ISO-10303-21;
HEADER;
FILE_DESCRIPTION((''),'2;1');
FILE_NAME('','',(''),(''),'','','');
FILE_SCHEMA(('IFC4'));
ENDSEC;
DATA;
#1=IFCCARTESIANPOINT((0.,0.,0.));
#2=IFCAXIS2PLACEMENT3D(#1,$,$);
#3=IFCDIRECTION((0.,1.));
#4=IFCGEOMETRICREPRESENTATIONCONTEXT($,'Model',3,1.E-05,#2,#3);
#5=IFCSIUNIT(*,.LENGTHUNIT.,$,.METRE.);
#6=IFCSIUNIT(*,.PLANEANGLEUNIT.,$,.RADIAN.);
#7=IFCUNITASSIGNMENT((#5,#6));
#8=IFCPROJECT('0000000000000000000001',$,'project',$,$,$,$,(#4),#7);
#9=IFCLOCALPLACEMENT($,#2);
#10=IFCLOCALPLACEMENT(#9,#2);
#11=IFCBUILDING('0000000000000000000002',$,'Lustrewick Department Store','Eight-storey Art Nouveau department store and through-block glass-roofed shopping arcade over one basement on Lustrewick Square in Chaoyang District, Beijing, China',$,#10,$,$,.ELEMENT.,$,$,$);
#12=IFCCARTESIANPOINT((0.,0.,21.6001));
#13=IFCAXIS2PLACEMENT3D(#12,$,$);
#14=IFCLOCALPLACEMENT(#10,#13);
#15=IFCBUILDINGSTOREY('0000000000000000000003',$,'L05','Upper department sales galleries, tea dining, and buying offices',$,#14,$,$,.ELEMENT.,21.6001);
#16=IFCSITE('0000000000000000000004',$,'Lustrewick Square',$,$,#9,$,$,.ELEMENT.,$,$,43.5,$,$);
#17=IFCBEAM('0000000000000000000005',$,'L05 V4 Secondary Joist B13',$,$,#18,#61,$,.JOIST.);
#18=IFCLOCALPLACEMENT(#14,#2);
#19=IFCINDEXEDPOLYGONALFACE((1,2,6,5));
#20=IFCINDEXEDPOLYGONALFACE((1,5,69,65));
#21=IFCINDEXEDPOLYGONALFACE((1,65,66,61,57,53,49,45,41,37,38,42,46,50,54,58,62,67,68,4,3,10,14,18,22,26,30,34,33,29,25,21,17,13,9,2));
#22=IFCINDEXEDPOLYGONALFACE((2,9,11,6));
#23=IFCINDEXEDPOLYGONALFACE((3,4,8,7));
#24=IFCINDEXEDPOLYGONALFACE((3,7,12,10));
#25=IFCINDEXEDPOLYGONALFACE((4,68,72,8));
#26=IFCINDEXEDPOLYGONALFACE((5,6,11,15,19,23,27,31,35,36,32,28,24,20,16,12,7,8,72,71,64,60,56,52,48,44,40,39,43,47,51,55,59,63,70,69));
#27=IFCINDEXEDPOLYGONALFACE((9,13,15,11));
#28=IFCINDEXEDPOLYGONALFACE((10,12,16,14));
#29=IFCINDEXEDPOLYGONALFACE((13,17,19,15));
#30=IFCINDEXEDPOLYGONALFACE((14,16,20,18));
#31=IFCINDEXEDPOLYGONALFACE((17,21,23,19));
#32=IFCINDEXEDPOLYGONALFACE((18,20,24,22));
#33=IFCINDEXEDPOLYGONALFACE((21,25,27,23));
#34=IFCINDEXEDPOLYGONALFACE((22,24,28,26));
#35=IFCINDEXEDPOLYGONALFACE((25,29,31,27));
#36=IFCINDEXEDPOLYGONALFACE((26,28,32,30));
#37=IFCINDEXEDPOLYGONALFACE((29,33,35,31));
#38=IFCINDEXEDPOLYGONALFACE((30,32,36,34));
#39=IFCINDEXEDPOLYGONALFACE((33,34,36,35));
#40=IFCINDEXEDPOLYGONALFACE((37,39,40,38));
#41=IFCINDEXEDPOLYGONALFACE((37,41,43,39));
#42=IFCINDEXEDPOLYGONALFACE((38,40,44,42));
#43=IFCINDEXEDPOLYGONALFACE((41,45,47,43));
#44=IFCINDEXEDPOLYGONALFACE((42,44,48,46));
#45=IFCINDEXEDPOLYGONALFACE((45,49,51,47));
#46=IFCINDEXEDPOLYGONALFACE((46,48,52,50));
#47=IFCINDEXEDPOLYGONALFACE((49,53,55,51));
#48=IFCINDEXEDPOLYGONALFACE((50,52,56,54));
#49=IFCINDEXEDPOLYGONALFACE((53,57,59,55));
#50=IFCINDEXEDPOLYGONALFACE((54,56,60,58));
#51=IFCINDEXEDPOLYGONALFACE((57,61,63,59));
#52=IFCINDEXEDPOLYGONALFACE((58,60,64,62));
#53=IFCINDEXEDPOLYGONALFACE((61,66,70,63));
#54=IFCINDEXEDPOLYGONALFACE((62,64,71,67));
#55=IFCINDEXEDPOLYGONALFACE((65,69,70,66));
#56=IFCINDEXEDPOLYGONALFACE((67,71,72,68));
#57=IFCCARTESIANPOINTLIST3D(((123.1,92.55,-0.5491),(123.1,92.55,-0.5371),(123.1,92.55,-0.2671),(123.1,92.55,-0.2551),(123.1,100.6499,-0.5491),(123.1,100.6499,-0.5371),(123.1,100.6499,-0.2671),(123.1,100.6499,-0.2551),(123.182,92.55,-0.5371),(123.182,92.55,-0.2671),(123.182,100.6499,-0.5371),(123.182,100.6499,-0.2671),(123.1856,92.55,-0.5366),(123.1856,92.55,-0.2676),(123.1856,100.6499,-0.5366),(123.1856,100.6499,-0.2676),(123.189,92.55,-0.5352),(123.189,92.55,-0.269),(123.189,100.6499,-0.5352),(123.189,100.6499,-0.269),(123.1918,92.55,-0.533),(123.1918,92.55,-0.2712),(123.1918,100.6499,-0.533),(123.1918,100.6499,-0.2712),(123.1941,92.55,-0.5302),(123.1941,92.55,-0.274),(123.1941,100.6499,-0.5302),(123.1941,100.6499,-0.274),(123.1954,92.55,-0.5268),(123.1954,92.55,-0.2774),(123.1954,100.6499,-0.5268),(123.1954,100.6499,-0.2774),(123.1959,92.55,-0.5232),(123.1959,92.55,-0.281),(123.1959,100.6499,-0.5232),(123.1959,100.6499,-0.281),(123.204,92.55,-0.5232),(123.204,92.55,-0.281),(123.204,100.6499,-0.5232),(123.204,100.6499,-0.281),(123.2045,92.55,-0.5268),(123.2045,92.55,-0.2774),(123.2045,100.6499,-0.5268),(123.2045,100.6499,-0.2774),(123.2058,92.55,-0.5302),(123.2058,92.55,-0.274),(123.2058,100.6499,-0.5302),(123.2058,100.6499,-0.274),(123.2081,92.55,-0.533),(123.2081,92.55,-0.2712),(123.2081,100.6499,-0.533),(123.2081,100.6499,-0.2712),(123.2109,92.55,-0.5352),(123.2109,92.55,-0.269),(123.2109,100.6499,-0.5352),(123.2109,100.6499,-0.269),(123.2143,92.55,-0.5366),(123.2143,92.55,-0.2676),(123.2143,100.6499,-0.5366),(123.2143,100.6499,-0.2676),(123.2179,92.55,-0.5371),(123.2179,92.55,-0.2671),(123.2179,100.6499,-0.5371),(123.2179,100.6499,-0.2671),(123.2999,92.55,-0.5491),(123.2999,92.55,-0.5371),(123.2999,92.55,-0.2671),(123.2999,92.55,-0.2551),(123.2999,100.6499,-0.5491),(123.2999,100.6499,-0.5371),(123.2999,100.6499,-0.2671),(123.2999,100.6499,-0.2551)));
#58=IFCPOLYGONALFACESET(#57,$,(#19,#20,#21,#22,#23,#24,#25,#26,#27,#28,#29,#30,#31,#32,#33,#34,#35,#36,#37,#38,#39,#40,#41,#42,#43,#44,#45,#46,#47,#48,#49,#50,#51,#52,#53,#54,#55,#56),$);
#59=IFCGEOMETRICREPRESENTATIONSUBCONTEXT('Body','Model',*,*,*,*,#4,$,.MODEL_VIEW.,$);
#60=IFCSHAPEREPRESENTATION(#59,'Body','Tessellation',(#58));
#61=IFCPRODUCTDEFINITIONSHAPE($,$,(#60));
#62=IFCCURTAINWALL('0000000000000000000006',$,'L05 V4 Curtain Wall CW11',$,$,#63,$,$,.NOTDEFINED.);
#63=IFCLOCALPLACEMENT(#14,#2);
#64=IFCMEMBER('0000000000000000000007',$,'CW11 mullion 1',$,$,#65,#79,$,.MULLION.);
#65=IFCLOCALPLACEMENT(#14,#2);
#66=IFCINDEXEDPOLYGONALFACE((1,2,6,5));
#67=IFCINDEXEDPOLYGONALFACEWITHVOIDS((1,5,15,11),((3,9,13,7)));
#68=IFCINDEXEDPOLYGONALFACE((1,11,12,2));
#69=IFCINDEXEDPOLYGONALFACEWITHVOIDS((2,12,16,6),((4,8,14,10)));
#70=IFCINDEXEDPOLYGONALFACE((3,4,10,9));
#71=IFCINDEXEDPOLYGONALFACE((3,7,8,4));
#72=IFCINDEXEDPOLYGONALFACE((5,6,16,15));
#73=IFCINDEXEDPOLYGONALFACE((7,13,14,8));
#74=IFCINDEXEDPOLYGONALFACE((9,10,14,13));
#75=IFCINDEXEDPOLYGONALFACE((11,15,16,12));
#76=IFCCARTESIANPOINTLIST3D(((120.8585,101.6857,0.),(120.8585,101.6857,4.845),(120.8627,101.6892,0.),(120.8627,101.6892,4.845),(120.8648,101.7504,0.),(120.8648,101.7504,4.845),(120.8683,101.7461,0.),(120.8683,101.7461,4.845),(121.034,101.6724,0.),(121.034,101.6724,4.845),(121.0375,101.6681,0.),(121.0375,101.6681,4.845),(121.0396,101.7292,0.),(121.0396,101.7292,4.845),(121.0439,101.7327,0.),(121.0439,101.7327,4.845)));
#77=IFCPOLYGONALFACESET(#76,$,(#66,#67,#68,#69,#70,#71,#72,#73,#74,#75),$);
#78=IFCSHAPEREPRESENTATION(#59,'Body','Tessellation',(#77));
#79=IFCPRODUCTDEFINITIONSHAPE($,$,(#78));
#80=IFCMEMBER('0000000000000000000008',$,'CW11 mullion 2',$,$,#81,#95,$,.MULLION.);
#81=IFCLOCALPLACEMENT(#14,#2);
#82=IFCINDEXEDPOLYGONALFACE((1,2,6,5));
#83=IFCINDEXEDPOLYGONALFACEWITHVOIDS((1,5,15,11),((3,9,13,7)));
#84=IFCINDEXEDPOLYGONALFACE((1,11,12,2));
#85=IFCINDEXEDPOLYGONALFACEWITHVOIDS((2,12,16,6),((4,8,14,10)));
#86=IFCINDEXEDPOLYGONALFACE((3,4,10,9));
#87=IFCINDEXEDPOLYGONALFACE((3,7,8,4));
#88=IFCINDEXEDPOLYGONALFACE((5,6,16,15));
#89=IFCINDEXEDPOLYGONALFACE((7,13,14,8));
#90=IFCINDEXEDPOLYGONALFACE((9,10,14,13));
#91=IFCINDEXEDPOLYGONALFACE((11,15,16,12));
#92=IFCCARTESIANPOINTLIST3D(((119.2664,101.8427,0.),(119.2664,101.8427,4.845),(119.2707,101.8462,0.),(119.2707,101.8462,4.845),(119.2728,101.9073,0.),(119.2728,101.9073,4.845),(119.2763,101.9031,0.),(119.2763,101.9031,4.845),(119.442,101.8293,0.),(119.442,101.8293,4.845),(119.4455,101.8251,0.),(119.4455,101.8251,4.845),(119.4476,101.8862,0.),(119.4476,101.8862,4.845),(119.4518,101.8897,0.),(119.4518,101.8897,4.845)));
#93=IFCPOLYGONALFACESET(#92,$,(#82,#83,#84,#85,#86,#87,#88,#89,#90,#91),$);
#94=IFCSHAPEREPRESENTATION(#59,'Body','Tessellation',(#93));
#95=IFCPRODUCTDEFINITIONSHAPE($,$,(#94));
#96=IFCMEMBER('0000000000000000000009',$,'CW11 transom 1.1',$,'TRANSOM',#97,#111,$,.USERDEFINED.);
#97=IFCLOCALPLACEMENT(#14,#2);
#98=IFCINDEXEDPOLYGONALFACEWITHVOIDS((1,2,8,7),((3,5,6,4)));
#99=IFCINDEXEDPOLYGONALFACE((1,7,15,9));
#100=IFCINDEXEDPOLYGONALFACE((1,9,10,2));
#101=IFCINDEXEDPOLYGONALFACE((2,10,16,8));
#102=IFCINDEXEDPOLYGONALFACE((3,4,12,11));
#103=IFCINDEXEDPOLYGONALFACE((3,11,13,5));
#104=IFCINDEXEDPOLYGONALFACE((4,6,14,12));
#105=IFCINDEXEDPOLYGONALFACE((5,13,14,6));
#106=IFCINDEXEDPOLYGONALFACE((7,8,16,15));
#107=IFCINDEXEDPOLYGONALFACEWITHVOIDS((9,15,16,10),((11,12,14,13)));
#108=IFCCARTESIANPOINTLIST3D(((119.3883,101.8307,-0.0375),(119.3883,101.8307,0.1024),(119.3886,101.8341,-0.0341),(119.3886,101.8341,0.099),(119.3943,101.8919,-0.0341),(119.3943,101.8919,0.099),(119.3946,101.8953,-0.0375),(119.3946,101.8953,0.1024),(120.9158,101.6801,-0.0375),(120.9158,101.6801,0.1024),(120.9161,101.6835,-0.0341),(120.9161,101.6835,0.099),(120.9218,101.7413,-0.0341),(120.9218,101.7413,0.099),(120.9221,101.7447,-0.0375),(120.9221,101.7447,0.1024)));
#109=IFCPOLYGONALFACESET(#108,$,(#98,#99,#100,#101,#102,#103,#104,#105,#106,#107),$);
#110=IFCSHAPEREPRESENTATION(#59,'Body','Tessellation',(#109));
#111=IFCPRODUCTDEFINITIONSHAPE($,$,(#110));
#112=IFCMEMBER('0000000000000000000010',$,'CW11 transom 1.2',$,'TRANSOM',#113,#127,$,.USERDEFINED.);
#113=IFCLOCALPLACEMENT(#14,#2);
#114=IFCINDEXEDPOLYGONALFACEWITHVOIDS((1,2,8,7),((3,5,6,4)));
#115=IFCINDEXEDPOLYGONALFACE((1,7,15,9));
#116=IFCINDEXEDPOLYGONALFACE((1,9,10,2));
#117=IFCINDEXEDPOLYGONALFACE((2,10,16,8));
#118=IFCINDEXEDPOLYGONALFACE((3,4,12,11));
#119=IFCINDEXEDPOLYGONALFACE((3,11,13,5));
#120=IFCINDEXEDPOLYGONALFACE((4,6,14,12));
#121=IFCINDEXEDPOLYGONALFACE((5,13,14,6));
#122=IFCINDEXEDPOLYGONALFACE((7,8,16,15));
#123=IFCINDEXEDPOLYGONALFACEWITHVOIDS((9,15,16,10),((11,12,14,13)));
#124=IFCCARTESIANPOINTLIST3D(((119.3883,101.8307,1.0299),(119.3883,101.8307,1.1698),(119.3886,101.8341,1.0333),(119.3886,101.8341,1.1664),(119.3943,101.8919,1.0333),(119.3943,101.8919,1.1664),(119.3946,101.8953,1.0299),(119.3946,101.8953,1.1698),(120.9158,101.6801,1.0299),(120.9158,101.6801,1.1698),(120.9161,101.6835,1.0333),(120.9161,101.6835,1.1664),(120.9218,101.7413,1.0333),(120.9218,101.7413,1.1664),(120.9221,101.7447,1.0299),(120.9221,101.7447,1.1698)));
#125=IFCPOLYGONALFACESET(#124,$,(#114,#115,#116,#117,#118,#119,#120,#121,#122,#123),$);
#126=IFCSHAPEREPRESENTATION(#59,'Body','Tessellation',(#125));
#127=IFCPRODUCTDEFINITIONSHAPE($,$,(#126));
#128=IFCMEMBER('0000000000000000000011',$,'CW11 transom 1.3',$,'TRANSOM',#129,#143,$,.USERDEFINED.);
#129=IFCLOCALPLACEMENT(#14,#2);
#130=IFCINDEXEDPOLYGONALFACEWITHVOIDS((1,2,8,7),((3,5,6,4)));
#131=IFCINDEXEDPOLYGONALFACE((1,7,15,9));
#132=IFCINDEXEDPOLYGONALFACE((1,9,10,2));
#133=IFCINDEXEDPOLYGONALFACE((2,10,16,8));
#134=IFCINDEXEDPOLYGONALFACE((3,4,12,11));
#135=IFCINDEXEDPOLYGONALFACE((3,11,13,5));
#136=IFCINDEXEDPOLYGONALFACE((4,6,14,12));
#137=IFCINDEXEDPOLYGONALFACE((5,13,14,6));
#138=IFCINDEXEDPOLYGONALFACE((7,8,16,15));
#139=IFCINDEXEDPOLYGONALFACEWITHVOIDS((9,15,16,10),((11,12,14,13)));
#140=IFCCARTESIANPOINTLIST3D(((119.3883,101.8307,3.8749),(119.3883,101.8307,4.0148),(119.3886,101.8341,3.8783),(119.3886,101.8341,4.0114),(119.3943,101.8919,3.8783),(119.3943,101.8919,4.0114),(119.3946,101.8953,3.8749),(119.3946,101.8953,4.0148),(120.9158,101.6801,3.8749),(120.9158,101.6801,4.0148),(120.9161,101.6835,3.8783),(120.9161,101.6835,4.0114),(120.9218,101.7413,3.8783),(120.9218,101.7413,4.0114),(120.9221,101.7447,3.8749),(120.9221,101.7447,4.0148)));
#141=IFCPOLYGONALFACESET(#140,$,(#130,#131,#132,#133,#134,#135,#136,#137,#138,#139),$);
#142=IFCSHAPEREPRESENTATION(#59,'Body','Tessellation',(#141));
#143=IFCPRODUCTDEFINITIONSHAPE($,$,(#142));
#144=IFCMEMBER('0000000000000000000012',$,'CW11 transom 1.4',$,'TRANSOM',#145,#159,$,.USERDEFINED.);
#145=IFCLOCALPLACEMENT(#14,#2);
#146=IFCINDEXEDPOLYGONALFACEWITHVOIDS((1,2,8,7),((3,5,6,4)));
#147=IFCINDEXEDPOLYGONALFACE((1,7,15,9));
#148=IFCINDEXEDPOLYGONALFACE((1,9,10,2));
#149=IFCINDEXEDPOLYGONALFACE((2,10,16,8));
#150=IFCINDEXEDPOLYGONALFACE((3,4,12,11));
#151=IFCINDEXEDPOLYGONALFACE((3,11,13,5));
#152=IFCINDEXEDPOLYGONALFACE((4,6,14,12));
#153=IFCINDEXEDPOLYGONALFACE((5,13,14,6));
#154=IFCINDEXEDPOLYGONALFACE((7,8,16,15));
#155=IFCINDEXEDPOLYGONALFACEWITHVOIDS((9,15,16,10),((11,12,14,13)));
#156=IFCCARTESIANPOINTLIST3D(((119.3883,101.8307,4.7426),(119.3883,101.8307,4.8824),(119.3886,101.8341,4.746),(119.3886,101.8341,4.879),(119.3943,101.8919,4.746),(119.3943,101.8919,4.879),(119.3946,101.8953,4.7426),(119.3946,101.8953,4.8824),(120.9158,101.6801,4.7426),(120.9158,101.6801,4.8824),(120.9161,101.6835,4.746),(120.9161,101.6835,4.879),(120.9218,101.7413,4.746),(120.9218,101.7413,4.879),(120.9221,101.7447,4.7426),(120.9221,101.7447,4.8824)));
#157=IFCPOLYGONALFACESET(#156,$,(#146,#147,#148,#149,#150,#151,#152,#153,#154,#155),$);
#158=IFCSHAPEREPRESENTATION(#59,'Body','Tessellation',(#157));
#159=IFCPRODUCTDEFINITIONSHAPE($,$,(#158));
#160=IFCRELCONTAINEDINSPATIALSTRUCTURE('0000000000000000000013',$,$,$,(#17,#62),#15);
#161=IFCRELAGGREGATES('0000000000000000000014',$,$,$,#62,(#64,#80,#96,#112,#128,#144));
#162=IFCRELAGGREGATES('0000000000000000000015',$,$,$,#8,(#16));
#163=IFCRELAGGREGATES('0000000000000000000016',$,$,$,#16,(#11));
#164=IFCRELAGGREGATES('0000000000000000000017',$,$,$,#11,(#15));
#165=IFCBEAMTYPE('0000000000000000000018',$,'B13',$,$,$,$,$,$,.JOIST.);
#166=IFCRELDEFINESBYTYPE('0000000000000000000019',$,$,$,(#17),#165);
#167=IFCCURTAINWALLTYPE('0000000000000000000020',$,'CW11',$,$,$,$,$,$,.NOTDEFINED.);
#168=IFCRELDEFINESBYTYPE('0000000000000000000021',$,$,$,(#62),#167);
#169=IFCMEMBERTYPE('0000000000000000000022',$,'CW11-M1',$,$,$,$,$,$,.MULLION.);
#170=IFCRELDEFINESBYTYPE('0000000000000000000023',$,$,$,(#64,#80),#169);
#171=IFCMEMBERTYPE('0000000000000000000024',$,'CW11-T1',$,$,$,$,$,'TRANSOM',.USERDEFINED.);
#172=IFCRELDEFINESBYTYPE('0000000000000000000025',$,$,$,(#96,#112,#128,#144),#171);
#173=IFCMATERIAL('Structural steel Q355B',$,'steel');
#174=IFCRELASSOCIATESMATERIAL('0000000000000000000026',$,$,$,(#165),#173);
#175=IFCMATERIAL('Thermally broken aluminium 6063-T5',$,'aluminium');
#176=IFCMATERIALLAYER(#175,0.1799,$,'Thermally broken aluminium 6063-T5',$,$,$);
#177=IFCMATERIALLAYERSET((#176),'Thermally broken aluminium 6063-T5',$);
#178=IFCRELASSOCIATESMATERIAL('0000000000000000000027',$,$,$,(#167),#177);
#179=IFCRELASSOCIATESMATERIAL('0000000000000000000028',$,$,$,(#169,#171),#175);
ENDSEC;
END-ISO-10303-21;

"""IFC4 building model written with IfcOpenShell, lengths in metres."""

from ifc_helpers import new_model, si_unit, direction, frame, origin, origin_2d, place, context, subcontext, project, spatial, hollow_rectangle, i_section, extrude, material, layer, layer_set, material_profile, profile_set, type_object, element, aggregate, save


model = new_model("IFC4")

# Units and contexts
model_context = context("Model", 3, precision=1e-05, world=origin(), true_north=direction((0.0, 1.0)))
body_context = subcontext(model_context, "Body", "Model", "MODEL_VIEW")
ifc_project = project(units=[si_unit("LENGTHUNIT", "METRE"), si_unit("PLANEANGLEUNIT", "RADIAN")], contexts=[model_context])

# Site, building, storey
site_placement = place(None, origin())
site = spatial("IfcSite", under=ifc_project, at=site_placement, Name="Lustrewick Square", CompositionType="ELEMENT", RefElevation=43.5)
building_placement = place(site_placement, origin())
building = spatial("IfcBuilding", under=site, at=building_placement, Name="Lustrewick Department Store", Description="Eight-storey Art Nouveau department store and through-block glass-roofed shopping arcade over one basement on Lustrewick Square in Chaoyang District, Beijing, China", CompositionType="ELEMENT")
storey_placement = place(building_placement, frame((0.0, 0.0, 21.6001)))
storey = spatial("IfcBuildingStorey", under=building, at=storey_placement, Name="L05", Description="Upper department sales galleries, tea dining, and buying offices", CompositionType="ELEMENT", Elevation=21.6001)

# Shared definitions
ifc_material_1 = material(Name="Structural steel Q355B", Category="steel")

# Beam
ifc_material_profile_1 = material_profile(ifc_material_1, i_section(OverallWidth=0.2, OverallDepth=0.2939, WebThickness=0.0081, FlangeThickness=0.012, FilletRadius=0.0139, at=origin_2d()), Name="HM 294x200x8x12")
ifc_profile_set_1 = profile_set([ifc_material_profile_1], Name="Structural steel Q355B")
beam_type_1 = type_object("IfcBeamType", Name="B13", PredefinedType="JOIST", material=ifc_profile_set_1)
beam_1_placement = place(storey_placement, frame((123.2, 92.55, -0.4021), z_axis=(0.0, 1.0, 0.0), x_axis=(-1.0, 0.0, 0.0)))
element("IfcBeam", 1, at=beam_1_placement, inside=storey, type_object=beam_type_1, Name="L05 V4 Secondary Joist B13", PredefinedType="JOIST", context=body_context, shape_type="SweptSolid", body=[
    extrude(i_section(OverallWidth=0.2, OverallDepth=0.2939, WebThickness=0.0081, FlangeThickness=0.012, FilletRadius=0.0139, at=origin_2d()), origin(), (0.0, 0.0, 1.0), 8.0999),
])

# Curtain wall, members
ifc_material_2 = material(Name="Thermally broken aluminium 6063-T5", Category="aluminium")
ifc_layer_1 = layer(ifc_material_2, 0.1799, Name="Thermally broken aluminium 6063-T5")
ifc_layer_set_1 = layer_set([ifc_layer_1], Name="Thermally broken aluminium 6063-T5")
curtain_wall_type = type_object("IfcCurtainWallType", Name="CW11", PredefinedType="NOTDEFINED", material=ifc_layer_set_1)
curtain_wall_placement = place(storey_placement, origin())
curtain_wall = element("IfcCurtainWall", 2, at=curtain_wall_placement, inside=storey, type_object=curtain_wall_type, Name="L05 V4 Curtain Wall CW11", PredefinedType="NOTDEFINED")
ifc_material_profile_2 = material_profile(ifc_material_2, hollow_rectangle(XDim=0.0649, YDim=0.1799, WallThickness=0.0039, at=origin_2d()), Name="ALU-M 65x180x4")
ifc_profile_set_2 = profile_set([ifc_material_profile_2], Name="Thermally broken aluminium 6063-T5")
member_type_1 = type_object("IfcMemberType", Name="CW11-M1", PredefinedType="MULLION", material=ifc_profile_set_2)
member_1_placement = place(storey_placement, frame((120.9512, 101.7092, 0.0), z_axis=(0.0, 0.0, 1.0), x_axis=(-0.098023, -0.995184, 0.0)))
member_1 = element("IfcMember", 3, at=member_1_placement, type_object=member_type_1, Name="CW11 mullion 1", PredefinedType="MULLION", context=body_context, shape_type="SweptSolid", body=[
    extrude(hollow_rectangle(XDim=0.0649, YDim=0.1799, WallThickness=0.0039, at=origin_2d()), origin(), (0.0, 0.0, 1.0), 4.845),
])
member_2_placement = place(storey_placement, frame((119.3591, 101.8662, 0.0), z_axis=(0.0, 0.0, 1.0), x_axis=(-0.098023, -0.995184, 0.0)))
member_2 = element("IfcMember", 4, at=member_2_placement, type_object=member_type_1, Name="CW11 mullion 2", PredefinedType="MULLION", context=body_context, shape_type="SweptSolid", body=[
    extrude(hollow_rectangle(XDim=0.0649, YDim=0.1799, WallThickness=0.0039, at=origin_2d()), origin(), (0.0, 0.0, 1.0), 4.845),
])
ifc_material_profile_3 = material_profile(ifc_material_2, hollow_rectangle(XDim=0.0649, YDim=0.1399, WallThickness=0.0034, at=origin_2d()), Name="ALU-T 65x140x3.5")
ifc_profile_set_3 = profile_set([ifc_material_profile_3], Name="Thermally broken aluminium 6063-T5")
member_type_2 = type_object("IfcMemberType", Name="CW11-T1", ElementType="TRANSOM", PredefinedType="USERDEFINED", material=ifc_profile_set_3)
member_3_placement = place(storey_placement, frame((120.9189, 101.7124, 0.0325), z_axis=(-0.995173, 0.098134, 0.0), x_axis=(-0.098134, -0.995173, 0.0)))
member_3 = element("IfcMember", 5, at=member_3_placement, type_object=member_type_2, Name="CW11 transom 1.1", ObjectType="TRANSOM", PredefinedType="USERDEFINED", context=body_context, shape_type="SweptSolid", body=[
    extrude(hollow_rectangle(XDim=0.0649, YDim=0.1399, WallThickness=0.0034, at=origin_2d()), origin(), (0.0, 0.0, 1.0), 1.5349),
])
member_4_placement = place(storey_placement, frame((120.9189, 101.7124, 1.0999), z_axis=(-0.995173, 0.098134, 0.0), x_axis=(-0.098134, -0.995173, 0.0)))
member_4 = element("IfcMember", 6, at=member_4_placement, type_object=member_type_2, Name="CW11 transom 1.2", ObjectType="TRANSOM", PredefinedType="USERDEFINED", context=body_context, shape_type="SweptSolid", body=[
    extrude(hollow_rectangle(XDim=0.0649, YDim=0.1399, WallThickness=0.0034, at=origin_2d()), origin(), (0.0, 0.0, 1.0), 1.5349),
])
member_5_placement = place(storey_placement, frame((120.9189, 101.7124, 3.9448), z_axis=(-0.995173, 0.098134, 0.0), x_axis=(-0.098134, -0.995173, 0.0)))
member_5 = element("IfcMember", 7, at=member_5_placement, type_object=member_type_2, Name="CW11 transom 1.3", ObjectType="TRANSOM", PredefinedType="USERDEFINED", context=body_context, shape_type="SweptSolid", body=[
    extrude(hollow_rectangle(XDim=0.0649, YDim=0.1399, WallThickness=0.0034, at=origin_2d()), origin(), (0.0, 0.0, 1.0), 1.5349),
])
member_6_placement = place(storey_placement, frame((120.9189, 101.7124, 4.8125), z_axis=(-0.995173, 0.098134, 0.0), x_axis=(-0.098134, -0.995173, 0.0)))
member_6 = element("IfcMember", 8, at=member_6_placement, type_object=member_type_2, Name="CW11 transom 1.4", ObjectType="TRANSOM", PredefinedType="USERDEFINED", context=body_context, shape_type="SweptSolid", body=[
    extrude(hollow_rectangle(XDim=0.0649, YDim=0.1399, WallThickness=0.0034, at=origin_2d()), origin(), (0.0, 0.0, 1.0), 1.5349),
])

aggregate(curtain_wall, [member_1, member_2, member_3, member_4, member_5, member_6])

save(model, "model.ifc")
